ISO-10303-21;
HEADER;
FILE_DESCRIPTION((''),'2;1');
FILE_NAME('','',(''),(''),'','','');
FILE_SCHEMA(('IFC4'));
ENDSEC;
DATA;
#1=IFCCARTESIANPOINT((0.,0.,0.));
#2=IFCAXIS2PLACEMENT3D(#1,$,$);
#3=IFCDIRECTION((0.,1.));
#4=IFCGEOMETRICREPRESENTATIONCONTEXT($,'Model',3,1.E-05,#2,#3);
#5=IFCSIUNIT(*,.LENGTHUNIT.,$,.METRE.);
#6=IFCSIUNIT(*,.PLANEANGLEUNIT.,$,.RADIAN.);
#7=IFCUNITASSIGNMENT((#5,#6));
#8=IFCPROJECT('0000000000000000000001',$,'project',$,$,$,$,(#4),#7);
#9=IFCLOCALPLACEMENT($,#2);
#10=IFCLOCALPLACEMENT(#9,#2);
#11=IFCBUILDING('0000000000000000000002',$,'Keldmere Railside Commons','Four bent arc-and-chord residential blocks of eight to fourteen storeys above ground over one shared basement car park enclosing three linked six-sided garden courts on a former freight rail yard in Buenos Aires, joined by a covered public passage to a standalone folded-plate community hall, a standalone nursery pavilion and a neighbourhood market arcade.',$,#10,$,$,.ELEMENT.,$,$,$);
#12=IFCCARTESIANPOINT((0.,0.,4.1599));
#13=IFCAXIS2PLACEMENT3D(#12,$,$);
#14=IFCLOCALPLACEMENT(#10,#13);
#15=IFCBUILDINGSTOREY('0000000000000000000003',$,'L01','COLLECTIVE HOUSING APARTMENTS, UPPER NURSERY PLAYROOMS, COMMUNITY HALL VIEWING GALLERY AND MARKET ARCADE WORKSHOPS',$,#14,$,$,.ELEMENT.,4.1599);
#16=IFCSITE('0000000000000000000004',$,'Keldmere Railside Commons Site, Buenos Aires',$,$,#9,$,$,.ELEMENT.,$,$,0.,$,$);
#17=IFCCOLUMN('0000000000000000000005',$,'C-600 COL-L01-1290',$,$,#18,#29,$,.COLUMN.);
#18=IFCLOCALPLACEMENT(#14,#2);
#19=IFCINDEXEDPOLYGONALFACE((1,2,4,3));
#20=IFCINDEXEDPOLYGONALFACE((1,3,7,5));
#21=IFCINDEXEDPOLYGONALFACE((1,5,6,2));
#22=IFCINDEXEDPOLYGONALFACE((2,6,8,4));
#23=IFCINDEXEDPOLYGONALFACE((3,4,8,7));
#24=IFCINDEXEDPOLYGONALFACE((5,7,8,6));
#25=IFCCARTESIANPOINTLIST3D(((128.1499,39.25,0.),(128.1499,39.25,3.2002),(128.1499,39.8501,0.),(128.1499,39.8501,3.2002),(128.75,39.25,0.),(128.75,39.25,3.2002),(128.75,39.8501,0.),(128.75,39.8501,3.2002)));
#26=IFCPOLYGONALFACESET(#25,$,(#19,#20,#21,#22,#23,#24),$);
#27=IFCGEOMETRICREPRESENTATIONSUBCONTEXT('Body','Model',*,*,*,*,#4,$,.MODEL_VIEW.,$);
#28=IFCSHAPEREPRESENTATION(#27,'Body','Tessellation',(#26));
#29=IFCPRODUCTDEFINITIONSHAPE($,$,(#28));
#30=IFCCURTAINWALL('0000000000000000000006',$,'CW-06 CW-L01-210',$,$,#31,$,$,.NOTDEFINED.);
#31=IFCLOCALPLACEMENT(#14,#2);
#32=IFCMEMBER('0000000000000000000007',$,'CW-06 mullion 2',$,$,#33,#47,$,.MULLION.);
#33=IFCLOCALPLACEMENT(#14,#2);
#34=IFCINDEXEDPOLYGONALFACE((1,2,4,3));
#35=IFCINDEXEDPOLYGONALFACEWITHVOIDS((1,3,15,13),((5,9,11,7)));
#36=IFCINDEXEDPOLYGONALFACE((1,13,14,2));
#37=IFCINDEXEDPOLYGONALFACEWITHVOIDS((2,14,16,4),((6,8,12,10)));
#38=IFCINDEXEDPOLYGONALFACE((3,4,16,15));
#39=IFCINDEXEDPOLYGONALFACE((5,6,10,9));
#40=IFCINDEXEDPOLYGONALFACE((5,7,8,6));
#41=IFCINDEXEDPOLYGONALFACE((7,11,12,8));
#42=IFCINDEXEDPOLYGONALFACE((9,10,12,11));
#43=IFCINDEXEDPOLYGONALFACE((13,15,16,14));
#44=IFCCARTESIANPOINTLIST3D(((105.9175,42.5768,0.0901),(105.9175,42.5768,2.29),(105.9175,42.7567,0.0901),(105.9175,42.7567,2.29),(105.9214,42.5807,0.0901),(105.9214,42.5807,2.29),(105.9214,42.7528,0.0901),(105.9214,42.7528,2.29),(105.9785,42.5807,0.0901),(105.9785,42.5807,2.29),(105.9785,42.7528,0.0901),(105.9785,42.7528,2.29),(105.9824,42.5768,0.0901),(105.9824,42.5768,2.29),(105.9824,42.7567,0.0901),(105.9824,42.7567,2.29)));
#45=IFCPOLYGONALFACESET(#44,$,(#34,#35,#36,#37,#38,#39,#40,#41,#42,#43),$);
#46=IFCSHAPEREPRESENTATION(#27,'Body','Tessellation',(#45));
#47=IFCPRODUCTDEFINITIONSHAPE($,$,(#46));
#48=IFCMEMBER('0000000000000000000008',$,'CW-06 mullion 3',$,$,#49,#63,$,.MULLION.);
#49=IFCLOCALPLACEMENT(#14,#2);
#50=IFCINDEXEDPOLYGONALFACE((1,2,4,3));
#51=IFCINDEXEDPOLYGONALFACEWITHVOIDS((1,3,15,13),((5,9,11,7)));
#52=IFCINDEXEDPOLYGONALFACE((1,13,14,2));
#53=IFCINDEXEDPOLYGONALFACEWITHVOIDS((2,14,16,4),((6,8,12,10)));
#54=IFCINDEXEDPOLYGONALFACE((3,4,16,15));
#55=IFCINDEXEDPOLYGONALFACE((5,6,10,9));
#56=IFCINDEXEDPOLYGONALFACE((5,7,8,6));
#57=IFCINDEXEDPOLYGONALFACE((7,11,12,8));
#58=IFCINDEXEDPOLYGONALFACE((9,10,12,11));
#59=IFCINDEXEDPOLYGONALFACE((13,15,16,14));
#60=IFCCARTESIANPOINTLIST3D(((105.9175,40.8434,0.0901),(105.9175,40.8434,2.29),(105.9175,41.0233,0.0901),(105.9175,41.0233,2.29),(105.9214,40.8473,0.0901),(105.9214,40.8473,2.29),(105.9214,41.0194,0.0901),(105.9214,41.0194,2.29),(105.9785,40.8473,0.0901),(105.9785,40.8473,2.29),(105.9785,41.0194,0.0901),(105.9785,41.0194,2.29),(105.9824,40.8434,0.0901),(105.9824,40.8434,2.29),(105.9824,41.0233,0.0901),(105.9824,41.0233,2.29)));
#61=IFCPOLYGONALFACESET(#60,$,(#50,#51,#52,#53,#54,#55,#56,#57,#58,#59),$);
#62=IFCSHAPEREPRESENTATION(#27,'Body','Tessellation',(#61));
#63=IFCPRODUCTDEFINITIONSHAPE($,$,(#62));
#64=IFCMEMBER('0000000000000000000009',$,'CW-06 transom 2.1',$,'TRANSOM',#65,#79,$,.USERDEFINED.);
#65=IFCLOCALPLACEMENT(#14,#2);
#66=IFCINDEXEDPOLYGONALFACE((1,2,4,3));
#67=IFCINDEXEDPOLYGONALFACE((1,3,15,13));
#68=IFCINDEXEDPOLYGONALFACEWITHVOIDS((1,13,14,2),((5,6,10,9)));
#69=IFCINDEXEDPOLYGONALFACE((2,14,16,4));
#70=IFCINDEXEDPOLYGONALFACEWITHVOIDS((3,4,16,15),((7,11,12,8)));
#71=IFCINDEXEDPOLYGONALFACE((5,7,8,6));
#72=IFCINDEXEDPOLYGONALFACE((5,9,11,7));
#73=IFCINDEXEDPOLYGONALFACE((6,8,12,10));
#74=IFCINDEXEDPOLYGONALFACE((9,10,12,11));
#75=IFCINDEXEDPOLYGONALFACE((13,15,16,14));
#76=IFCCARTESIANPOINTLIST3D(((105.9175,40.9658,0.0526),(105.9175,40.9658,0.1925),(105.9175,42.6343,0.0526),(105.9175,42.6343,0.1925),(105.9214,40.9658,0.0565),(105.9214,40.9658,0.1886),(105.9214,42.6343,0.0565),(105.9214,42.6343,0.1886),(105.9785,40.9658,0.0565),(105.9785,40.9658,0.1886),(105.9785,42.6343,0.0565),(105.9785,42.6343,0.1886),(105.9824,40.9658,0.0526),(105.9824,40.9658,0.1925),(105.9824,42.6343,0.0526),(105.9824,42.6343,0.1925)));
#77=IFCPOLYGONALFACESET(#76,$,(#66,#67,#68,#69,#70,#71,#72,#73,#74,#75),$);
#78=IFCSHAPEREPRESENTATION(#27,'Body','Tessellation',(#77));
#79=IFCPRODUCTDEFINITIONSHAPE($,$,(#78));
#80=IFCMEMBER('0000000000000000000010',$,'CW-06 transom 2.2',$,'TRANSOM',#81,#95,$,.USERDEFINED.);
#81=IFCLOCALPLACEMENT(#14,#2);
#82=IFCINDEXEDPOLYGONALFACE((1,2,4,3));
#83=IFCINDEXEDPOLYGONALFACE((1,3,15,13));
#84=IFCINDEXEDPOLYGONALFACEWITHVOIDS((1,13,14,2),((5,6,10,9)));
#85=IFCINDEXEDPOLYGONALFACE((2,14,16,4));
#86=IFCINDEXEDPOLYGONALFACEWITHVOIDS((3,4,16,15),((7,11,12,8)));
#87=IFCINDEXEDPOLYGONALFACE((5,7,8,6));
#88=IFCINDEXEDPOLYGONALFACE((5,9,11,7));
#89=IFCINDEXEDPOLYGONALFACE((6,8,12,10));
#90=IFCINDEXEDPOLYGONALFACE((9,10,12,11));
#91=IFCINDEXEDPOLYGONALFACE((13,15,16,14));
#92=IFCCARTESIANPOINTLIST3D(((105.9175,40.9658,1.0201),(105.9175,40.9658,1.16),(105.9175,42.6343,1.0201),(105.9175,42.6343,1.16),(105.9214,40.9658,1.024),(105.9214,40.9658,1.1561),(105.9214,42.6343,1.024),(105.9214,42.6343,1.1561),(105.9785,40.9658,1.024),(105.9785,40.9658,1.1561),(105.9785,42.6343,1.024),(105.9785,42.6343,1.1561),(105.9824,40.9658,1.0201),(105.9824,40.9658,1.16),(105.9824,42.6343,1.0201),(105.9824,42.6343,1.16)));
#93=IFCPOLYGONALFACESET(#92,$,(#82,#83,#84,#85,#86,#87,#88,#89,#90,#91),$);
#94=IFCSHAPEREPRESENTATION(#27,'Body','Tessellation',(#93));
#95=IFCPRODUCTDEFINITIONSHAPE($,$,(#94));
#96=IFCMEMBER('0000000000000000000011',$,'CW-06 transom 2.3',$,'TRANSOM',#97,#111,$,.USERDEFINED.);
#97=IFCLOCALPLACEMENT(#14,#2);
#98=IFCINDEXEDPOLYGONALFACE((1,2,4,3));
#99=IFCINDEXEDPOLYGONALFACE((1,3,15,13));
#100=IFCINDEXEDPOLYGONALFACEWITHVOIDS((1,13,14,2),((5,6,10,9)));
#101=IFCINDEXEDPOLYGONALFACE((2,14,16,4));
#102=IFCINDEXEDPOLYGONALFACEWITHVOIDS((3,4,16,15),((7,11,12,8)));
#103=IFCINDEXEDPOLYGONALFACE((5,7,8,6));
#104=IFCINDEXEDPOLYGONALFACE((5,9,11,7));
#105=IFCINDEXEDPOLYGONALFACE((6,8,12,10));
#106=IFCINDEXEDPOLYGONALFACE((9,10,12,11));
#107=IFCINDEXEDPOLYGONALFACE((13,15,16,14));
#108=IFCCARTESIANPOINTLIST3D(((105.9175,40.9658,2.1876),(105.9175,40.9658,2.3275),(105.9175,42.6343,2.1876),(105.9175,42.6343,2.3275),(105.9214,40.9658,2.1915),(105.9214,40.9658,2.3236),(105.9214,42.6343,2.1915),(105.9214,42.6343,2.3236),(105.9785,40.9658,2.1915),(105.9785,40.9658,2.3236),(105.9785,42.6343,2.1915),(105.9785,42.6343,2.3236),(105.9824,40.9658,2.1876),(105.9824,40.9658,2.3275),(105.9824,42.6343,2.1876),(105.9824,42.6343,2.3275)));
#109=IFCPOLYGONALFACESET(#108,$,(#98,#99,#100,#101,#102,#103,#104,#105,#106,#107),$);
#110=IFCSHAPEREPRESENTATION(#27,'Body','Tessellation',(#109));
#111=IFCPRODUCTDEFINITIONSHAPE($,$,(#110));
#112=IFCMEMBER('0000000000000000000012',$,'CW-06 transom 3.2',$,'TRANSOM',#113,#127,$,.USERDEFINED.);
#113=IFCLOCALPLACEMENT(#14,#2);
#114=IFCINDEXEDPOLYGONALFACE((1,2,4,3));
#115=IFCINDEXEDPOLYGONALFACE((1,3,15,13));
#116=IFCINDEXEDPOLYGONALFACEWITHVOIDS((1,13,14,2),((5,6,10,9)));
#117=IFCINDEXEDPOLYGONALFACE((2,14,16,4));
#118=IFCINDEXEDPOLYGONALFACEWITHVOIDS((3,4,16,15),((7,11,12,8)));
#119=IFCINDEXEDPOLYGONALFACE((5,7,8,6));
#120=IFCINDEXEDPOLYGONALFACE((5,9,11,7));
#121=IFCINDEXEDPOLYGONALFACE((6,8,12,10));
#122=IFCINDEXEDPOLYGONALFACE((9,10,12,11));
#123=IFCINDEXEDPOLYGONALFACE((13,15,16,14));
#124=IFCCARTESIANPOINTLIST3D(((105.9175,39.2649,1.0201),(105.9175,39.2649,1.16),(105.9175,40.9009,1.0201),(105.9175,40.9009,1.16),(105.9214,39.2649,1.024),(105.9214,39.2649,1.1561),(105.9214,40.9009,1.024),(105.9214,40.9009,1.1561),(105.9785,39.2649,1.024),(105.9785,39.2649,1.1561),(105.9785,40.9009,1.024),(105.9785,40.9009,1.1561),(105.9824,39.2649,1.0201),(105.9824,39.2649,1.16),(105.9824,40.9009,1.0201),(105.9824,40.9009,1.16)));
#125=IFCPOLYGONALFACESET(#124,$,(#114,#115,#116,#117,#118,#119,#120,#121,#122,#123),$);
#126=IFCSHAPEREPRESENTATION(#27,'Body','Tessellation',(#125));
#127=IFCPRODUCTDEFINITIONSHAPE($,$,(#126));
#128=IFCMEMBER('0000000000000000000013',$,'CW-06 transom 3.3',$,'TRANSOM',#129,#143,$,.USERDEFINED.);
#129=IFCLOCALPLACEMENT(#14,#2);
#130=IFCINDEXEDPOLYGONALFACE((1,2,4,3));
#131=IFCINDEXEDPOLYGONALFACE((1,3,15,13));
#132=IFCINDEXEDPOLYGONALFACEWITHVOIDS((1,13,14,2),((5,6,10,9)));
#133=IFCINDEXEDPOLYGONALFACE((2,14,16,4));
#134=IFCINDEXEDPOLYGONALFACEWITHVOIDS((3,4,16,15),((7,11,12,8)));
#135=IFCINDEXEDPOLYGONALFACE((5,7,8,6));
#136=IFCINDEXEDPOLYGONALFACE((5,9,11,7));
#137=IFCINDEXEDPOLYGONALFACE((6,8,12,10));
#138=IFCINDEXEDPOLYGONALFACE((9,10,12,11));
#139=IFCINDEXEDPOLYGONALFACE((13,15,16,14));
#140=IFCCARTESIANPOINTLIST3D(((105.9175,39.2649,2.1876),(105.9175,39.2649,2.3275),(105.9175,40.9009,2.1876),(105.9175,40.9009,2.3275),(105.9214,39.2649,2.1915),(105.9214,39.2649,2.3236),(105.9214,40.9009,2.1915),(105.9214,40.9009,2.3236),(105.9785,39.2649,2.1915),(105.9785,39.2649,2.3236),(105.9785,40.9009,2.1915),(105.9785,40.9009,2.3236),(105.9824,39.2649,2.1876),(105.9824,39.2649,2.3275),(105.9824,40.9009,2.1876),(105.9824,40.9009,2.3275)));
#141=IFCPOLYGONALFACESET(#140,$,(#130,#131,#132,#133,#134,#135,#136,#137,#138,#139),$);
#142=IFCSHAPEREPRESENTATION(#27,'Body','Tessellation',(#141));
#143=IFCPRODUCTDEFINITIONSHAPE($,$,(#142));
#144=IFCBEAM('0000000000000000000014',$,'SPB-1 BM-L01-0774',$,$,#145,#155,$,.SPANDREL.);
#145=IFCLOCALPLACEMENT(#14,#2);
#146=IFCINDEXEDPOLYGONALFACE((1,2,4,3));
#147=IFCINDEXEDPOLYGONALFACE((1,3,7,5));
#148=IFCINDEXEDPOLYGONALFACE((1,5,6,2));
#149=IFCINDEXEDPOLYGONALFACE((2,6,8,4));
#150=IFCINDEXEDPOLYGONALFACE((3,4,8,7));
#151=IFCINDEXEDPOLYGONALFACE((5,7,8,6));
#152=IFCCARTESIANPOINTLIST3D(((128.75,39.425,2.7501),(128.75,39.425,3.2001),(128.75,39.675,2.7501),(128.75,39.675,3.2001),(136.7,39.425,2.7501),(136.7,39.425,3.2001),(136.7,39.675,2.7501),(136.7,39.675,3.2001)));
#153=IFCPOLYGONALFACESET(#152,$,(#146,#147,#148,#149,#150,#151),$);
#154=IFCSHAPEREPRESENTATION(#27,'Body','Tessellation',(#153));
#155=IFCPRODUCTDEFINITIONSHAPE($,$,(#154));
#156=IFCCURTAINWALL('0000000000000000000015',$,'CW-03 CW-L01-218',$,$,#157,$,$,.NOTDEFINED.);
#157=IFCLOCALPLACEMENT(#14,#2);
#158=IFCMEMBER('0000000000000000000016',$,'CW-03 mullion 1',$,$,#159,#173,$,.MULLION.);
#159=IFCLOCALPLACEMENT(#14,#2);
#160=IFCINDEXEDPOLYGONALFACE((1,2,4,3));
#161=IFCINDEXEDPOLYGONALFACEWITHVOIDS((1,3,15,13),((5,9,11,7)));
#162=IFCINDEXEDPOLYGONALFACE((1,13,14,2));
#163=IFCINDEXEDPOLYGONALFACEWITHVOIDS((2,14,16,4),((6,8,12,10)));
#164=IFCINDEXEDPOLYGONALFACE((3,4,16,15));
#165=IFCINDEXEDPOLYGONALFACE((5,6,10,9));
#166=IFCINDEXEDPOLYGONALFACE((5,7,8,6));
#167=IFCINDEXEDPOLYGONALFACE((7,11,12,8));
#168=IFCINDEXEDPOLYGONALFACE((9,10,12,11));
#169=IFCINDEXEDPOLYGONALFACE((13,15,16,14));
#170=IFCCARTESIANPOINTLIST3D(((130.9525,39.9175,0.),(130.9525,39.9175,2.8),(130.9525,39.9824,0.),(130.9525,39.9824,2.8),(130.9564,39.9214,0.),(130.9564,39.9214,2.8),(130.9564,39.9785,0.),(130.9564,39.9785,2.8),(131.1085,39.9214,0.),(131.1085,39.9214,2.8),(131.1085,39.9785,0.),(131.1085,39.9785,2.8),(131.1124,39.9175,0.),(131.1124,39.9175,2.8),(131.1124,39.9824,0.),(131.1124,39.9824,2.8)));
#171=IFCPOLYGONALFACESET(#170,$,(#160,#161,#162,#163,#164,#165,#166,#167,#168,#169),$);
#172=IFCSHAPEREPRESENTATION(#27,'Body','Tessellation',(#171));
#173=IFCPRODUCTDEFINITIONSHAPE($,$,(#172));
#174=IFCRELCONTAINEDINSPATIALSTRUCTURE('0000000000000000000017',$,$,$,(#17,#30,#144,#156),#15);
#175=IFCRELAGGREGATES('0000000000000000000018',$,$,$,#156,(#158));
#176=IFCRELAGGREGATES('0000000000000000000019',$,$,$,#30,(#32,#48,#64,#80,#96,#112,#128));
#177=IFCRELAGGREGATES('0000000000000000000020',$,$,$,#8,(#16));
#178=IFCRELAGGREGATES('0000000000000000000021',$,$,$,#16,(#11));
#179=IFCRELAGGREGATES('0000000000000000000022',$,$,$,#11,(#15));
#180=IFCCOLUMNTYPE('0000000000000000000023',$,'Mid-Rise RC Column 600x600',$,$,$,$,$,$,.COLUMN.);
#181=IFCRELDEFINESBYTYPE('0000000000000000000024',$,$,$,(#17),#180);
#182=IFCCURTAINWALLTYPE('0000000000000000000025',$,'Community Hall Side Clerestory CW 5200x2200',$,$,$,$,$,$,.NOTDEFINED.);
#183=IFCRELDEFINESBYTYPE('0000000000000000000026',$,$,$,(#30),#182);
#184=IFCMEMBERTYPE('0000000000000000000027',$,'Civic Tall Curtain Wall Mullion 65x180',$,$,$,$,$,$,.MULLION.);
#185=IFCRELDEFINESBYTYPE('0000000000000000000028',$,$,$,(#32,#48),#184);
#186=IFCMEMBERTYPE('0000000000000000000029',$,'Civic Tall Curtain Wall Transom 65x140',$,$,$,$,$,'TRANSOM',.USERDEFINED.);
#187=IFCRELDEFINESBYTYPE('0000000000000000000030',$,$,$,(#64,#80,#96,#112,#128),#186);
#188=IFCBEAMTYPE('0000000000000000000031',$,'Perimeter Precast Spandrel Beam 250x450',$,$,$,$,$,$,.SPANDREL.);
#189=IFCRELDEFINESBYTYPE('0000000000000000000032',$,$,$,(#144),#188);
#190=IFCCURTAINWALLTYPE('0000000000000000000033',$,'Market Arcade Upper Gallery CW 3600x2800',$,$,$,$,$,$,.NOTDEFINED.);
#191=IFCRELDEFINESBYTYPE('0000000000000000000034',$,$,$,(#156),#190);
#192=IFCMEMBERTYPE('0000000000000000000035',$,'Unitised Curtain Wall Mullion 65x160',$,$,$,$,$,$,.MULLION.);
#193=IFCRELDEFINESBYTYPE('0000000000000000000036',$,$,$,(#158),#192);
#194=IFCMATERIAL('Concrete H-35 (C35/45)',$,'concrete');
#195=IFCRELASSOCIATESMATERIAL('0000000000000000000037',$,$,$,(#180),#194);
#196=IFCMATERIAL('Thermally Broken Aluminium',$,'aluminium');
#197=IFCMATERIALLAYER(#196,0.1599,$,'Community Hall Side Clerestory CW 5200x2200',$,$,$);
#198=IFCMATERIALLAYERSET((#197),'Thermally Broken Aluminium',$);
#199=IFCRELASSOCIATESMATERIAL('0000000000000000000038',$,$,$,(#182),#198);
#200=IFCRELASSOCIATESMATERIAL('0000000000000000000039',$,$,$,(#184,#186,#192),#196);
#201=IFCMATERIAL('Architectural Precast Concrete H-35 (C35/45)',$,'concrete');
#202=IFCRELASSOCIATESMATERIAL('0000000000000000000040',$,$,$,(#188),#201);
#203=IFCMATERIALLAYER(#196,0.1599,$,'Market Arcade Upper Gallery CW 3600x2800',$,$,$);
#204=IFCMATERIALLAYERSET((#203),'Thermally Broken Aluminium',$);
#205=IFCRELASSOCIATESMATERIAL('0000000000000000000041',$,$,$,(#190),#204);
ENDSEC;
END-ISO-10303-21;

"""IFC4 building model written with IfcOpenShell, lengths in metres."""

from ifc_helpers import new_model, si_unit, direction, frame, origin, origin_2d, place, context, subcontext, project, spatial, rectangle, hollow_rectangle, extrude, material, layer, layer_set, material_profile, profile_set, type_object, element, aggregate, save


model = new_model("IFC4")

# Units and contexts
model_context = context("Model", 3, precision=1e-05, world=origin(), true_north=direction((0.0, 1.0)))
body_context = subcontext(model_context, "Body", "Model", "MODEL_VIEW")
ifc_project = project(units=[si_unit("LENGTHUNIT", "METRE"), si_unit("PLANEANGLEUNIT", "RADIAN")], contexts=[model_context])

# Site, building, storey
site_placement = place(None, origin())
site = spatial("IfcSite", under=ifc_project, at=site_placement, Name="Keldmere Railside Commons Site, Buenos Aires", CompositionType="ELEMENT", RefElevation=0.0)
building_placement = place(site_placement, origin())
building = spatial("IfcBuilding", under=site, at=building_placement, Name="Keldmere Railside Commons", Description="Four bent arc-and-chord residential blocks of eight to fourteen storeys above ground over one shared basement car park enclosing three linked six-sided garden courts on a former freight rail yard in Buenos Aires, joined by a covered public passage to a standalone folded-plate community hall, a standalone nursery pavilion and a neighbourhood market arcade.", CompositionType="ELEMENT")
storey_placement = place(building_placement, frame((0.0, 0.0, 4.1599)))
storey = spatial("IfcBuildingStorey", under=building, at=storey_placement, Name="L01", Description="COLLECTIVE HOUSING APARTMENTS, UPPER NURSERY PLAYROOMS, COMMUNITY HALL VIEWING GALLERY AND MARKET ARCADE WORKSHOPS", CompositionType="ELEMENT", Elevation=4.1599)

# Column
ifc_material_1 = material(Name="Concrete H-35 (C35/45)", Category="concrete")
ifc_material_profile_1 = material_profile(ifc_material_1, rectangle(XDim=0.6001, YDim=0.6001, at=origin_2d()), Name="RC-600x600")
ifc_profile_set_1 = profile_set([ifc_material_profile_1], Name="Concrete H-35 (C35/45)")
column_type = type_object("IfcColumnType", Name="Mid-Rise RC Column 600x600", PredefinedType="COLUMN", material=ifc_profile_set_1)
column_placement = place(storey_placement, frame((128.45, 39.55, 0.0), z_axis=(0.0, 0.0, 1.0), x_axis=(1.0, 0.0, 0.0)))
element("IfcColumn", 1, at=column_placement, inside=storey, type_object=column_type, Name="C-600 COL-L01-1290", PredefinedType="COLUMN", context=body_context, shape_type="SweptSolid", body=[
    extrude(rectangle(XDim=0.6001, YDim=0.6001, at=origin_2d()), origin(), (0.0, 0.0, 1.0), 3.2002),
])

# Curtain wall, members
ifc_material_2 = material(Name="Thermally Broken Aluminium", Category="aluminium")
ifc_layer_1 = layer(ifc_material_2, 0.1599, Name="Community Hall Side Clerestory CW 5200x2200")
ifc_layer_set_1 = layer_set([ifc_layer_1], Name="Thermally Broken Aluminium")
curtain_wall_type_1 = type_object("IfcCurtainWallType", Name="Community Hall Side Clerestory CW 5200x2200", PredefinedType="NOTDEFINED", material=ifc_layer_set_1)
curtain_wall_1_placement = place(storey_placement, origin())
curtain_wall_1 = element("IfcCurtainWall", 2, at=curtain_wall_1_placement, inside=storey, type_object=curtain_wall_type_1, Name="CW-06 CW-L01-210", PredefinedType="NOTDEFINED")
ifc_material_profile_2 = material_profile(ifc_material_2, hollow_rectangle(XDim=0.0649, YDim=0.1799, WallThickness=0.0039, at=origin_2d()), Name="ALU-MULL-65x180")
ifc_profile_set_2 = profile_set([ifc_material_profile_2], Name="Thermally Broken Aluminium")
member_type_1 = type_object("IfcMemberType", Name="Civic Tall Curtain Wall Mullion 65x180", PredefinedType="MULLION", material=ifc_profile_set_2)
member_1_placement = place(storey_placement, frame((105.95, 42.6667, 0.0901), z_axis=(0.0, 0.0, 1.0), x_axis=(1.0, 0.0, 0.0)))
member_1 = element("IfcMember", 3, at=member_1_placement, type_object=member_type_1, Name="CW-06 mullion 2", PredefinedType="MULLION", context=body_context, shape_type="SweptSolid", body=[
    extrude(hollow_rectangle(XDim=0.0649, YDim=0.1799, WallThickness=0.0039, at=origin_2d()), origin(), (0.0, 0.0, 1.0), 2.2),
])
member_2_placement = place(storey_placement, frame((105.95, 40.9333, 0.0901), z_axis=(0.0, 0.0, 1.0), x_axis=(1.0, 0.0, 0.0)))
member_2 = element("IfcMember", 4, at=member_2_placement, type_object=member_type_1, Name="CW-06 mullion 3", PredefinedType="MULLION", context=body_context, shape_type="SweptSolid", body=[
    extrude(hollow_rectangle(XDim=0.0649, YDim=0.1799, WallThickness=0.0039, at=origin_2d()), origin(), (0.0, 0.0, 1.0), 2.2),
])
ifc_material_profile_3 = material_profile(ifc_material_2, hollow_rectangle(XDim=0.0649, YDim=0.1399, WallThickness=0.0039, at=origin_2d()), Name="ALU-TRAN-65x140")
ifc_profile_set_3 = profile_set([ifc_material_profile_3], Name="Thermally Broken Aluminium")
member_type_2 = type_object("IfcMemberType", Name="Civic Tall Curtain Wall Transom 65x140", ElementType="TRANSOM", PredefinedType="USERDEFINED", material=ifc_profile_set_3)
member_3_placement = place(storey_placement, frame((105.95, 42.6343, 0.1226), z_axis=(0.0, -1.0, 0.0), x_axis=(1.0, 0.0, 0.0)))
member_3 = element("IfcMember", 5, at=member_3_placement, type_object=member_type_2, Name="CW-06 transom 2.1", ObjectType="TRANSOM", PredefinedType="USERDEFINED", context=body_context, shape_type="SweptSolid", body=[
    extrude(hollow_rectangle(XDim=0.0649, YDim=0.1399, WallThickness=0.0039, at=origin_2d()), origin(), (0.0, 0.0, 1.0), 1.6685),
])
member_4_placement = place(storey_placement, frame((105.95, 42.6343, 1.0901), z_axis=(0.0, -1.0, 0.0), x_axis=(1.0, 0.0, 0.0)))
member_4 = element("IfcMember", 6, at=member_4_placement, type_object=member_type_2, Name="CW-06 transom 2.2", ObjectType="TRANSOM", PredefinedType="USERDEFINED", context=body_context, shape_type="SweptSolid", body=[
    extrude(hollow_rectangle(XDim=0.0649, YDim=0.1399, WallThickness=0.0039, at=origin_2d()), origin(), (0.0, 0.0, 1.0), 1.6685),
])
member_5_placement = place(storey_placement, frame((105.95, 42.6343, 2.2576), z_axis=(0.0, -1.0, 0.0), x_axis=(1.0, 0.0, 0.0)))
member_5 = element("IfcMember", 7, at=member_5_placement, type_object=member_type_2, Name="CW-06 transom 2.3", ObjectType="TRANSOM", PredefinedType="USERDEFINED", context=body_context, shape_type="SweptSolid", body=[
    extrude(hollow_rectangle(XDim=0.0649, YDim=0.1399, WallThickness=0.0039, at=origin_2d()), origin(), (0.0, 0.0, 1.0), 1.6685),
])
member_6_placement = place(storey_placement, frame((105.95, 40.9009, 1.0901), z_axis=(0.0, -1.0, 0.0), x_axis=(1.0, 0.0, 0.0)))
member_6 = element("IfcMember", 8, at=member_6_placement, type_object=member_type_2, Name="CW-06 transom 3.2", ObjectType="TRANSOM", PredefinedType="USERDEFINED", context=body_context, shape_type="SweptSolid", body=[
    extrude(hollow_rectangle(XDim=0.0649, YDim=0.1399, WallThickness=0.0039, at=origin_2d()), origin(), (0.0, 0.0, 1.0), 1.636),
])
member_7_placement = place(storey_placement, frame((105.95, 40.9009, 2.2576), z_axis=(0.0, -1.0, 0.0), x_axis=(1.0, 0.0, 0.0)))
member_7 = element("IfcMember", 9, at=member_7_placement, type_object=member_type_2, Name="CW-06 transom 3.3", ObjectType="TRANSOM", PredefinedType="USERDEFINED", context=body_context, shape_type="SweptSolid", body=[
    extrude(hollow_rectangle(XDim=0.0649, YDim=0.1399, WallThickness=0.0039, at=origin_2d()), origin(), (0.0, 0.0, 1.0), 1.636),
])

# Beam
ifc_material_3 = material(Name="Architectural Precast Concrete H-35 (C35/45)", Category="concrete")
ifc_material_profile_4 = material_profile(ifc_material_3, rectangle(XDim=0.25, YDim=0.45, at=origin_2d()), Name="RC-250x450")
ifc_profile_set_4 = profile_set([ifc_material_profile_4], Name="Architectural Precast Concrete H-35 (C35/45)")
beam_type = type_object("IfcBeamType", Name="Perimeter Precast Spandrel Beam 250x450", PredefinedType="SPANDREL", material=ifc_profile_set_4)
beam_placement = place(storey_placement, frame((128.75, 39.55, 2.9751), z_axis=(1.0, 0.0, 0.0), x_axis=(0.0, 1.0, 0.0)))
element("IfcBeam", 10, at=beam_placement, inside=storey, type_object=beam_type, Name="SPB-1 BM-L01-0774", PredefinedType="SPANDREL", context=body_context, shape_type="SweptSolid", body=[
    extrude(rectangle(XDim=0.25, YDim=0.45, at=origin_2d()), origin(), (0.0, 0.0, 1.0), 7.95),
])

# Curtain wall, member
ifc_layer_2 = layer(ifc_material_2, 0.1599, Name="Market Arcade Upper Gallery CW 3600x2800")
ifc_layer_set_2 = layer_set([ifc_layer_2], Name="Thermally Broken Aluminium")
curtain_wall_type_2 = type_object("IfcCurtainWallType", Name="Market Arcade Upper Gallery CW 3600x2800", PredefinedType="NOTDEFINED", material=ifc_layer_set_2)
curtain_wall_2_placement = place(storey_placement, origin())
curtain_wall_2 = element("IfcCurtainWall", 11, at=curtain_wall_2_placement, inside=storey, type_object=curtain_wall_type_2, Name="CW-03 CW-L01-218", PredefinedType="NOTDEFINED")
ifc_material_profile_5 = material_profile(ifc_material_2, hollow_rectangle(XDim=0.0649, YDim=0.1599, WallThickness=0.0039, at=origin_2d()), Name="ALU-MULL-65x160")
ifc_profile_set_5 = profile_set([ifc_material_profile_5], Name="Thermally Broken Aluminium")
member_type_3 = type_object("IfcMemberType", Name="Unitised Curtain Wall Mullion 65x160", PredefinedType="MULLION", material=ifc_profile_set_5)
member_8_placement = place(storey_placement, frame((131.0325, 39.95, 0.0), z_axis=(0.0, 0.0, 1.0), x_axis=(0.0, 1.0, 0.0)))
member_8 = element("IfcMember", 12, at=member_8_placement, type_object=member_type_3, Name="CW-03 mullion 1", PredefinedType="MULLION", context=body_context, shape_type="SweptSolid", body=[
    extrude(hollow_rectangle(XDim=0.0649, YDim=0.1599, WallThickness=0.0039, at=origin_2d()), origin(), (0.0, 0.0, 1.0), 2.8),
])
aggregate(curtain_wall_2, [member_8])

aggregate(curtain_wall_1, [member_1, member_2, member_3, member_4, member_5, member_6, member_7])

save(model, "model.ifc")
